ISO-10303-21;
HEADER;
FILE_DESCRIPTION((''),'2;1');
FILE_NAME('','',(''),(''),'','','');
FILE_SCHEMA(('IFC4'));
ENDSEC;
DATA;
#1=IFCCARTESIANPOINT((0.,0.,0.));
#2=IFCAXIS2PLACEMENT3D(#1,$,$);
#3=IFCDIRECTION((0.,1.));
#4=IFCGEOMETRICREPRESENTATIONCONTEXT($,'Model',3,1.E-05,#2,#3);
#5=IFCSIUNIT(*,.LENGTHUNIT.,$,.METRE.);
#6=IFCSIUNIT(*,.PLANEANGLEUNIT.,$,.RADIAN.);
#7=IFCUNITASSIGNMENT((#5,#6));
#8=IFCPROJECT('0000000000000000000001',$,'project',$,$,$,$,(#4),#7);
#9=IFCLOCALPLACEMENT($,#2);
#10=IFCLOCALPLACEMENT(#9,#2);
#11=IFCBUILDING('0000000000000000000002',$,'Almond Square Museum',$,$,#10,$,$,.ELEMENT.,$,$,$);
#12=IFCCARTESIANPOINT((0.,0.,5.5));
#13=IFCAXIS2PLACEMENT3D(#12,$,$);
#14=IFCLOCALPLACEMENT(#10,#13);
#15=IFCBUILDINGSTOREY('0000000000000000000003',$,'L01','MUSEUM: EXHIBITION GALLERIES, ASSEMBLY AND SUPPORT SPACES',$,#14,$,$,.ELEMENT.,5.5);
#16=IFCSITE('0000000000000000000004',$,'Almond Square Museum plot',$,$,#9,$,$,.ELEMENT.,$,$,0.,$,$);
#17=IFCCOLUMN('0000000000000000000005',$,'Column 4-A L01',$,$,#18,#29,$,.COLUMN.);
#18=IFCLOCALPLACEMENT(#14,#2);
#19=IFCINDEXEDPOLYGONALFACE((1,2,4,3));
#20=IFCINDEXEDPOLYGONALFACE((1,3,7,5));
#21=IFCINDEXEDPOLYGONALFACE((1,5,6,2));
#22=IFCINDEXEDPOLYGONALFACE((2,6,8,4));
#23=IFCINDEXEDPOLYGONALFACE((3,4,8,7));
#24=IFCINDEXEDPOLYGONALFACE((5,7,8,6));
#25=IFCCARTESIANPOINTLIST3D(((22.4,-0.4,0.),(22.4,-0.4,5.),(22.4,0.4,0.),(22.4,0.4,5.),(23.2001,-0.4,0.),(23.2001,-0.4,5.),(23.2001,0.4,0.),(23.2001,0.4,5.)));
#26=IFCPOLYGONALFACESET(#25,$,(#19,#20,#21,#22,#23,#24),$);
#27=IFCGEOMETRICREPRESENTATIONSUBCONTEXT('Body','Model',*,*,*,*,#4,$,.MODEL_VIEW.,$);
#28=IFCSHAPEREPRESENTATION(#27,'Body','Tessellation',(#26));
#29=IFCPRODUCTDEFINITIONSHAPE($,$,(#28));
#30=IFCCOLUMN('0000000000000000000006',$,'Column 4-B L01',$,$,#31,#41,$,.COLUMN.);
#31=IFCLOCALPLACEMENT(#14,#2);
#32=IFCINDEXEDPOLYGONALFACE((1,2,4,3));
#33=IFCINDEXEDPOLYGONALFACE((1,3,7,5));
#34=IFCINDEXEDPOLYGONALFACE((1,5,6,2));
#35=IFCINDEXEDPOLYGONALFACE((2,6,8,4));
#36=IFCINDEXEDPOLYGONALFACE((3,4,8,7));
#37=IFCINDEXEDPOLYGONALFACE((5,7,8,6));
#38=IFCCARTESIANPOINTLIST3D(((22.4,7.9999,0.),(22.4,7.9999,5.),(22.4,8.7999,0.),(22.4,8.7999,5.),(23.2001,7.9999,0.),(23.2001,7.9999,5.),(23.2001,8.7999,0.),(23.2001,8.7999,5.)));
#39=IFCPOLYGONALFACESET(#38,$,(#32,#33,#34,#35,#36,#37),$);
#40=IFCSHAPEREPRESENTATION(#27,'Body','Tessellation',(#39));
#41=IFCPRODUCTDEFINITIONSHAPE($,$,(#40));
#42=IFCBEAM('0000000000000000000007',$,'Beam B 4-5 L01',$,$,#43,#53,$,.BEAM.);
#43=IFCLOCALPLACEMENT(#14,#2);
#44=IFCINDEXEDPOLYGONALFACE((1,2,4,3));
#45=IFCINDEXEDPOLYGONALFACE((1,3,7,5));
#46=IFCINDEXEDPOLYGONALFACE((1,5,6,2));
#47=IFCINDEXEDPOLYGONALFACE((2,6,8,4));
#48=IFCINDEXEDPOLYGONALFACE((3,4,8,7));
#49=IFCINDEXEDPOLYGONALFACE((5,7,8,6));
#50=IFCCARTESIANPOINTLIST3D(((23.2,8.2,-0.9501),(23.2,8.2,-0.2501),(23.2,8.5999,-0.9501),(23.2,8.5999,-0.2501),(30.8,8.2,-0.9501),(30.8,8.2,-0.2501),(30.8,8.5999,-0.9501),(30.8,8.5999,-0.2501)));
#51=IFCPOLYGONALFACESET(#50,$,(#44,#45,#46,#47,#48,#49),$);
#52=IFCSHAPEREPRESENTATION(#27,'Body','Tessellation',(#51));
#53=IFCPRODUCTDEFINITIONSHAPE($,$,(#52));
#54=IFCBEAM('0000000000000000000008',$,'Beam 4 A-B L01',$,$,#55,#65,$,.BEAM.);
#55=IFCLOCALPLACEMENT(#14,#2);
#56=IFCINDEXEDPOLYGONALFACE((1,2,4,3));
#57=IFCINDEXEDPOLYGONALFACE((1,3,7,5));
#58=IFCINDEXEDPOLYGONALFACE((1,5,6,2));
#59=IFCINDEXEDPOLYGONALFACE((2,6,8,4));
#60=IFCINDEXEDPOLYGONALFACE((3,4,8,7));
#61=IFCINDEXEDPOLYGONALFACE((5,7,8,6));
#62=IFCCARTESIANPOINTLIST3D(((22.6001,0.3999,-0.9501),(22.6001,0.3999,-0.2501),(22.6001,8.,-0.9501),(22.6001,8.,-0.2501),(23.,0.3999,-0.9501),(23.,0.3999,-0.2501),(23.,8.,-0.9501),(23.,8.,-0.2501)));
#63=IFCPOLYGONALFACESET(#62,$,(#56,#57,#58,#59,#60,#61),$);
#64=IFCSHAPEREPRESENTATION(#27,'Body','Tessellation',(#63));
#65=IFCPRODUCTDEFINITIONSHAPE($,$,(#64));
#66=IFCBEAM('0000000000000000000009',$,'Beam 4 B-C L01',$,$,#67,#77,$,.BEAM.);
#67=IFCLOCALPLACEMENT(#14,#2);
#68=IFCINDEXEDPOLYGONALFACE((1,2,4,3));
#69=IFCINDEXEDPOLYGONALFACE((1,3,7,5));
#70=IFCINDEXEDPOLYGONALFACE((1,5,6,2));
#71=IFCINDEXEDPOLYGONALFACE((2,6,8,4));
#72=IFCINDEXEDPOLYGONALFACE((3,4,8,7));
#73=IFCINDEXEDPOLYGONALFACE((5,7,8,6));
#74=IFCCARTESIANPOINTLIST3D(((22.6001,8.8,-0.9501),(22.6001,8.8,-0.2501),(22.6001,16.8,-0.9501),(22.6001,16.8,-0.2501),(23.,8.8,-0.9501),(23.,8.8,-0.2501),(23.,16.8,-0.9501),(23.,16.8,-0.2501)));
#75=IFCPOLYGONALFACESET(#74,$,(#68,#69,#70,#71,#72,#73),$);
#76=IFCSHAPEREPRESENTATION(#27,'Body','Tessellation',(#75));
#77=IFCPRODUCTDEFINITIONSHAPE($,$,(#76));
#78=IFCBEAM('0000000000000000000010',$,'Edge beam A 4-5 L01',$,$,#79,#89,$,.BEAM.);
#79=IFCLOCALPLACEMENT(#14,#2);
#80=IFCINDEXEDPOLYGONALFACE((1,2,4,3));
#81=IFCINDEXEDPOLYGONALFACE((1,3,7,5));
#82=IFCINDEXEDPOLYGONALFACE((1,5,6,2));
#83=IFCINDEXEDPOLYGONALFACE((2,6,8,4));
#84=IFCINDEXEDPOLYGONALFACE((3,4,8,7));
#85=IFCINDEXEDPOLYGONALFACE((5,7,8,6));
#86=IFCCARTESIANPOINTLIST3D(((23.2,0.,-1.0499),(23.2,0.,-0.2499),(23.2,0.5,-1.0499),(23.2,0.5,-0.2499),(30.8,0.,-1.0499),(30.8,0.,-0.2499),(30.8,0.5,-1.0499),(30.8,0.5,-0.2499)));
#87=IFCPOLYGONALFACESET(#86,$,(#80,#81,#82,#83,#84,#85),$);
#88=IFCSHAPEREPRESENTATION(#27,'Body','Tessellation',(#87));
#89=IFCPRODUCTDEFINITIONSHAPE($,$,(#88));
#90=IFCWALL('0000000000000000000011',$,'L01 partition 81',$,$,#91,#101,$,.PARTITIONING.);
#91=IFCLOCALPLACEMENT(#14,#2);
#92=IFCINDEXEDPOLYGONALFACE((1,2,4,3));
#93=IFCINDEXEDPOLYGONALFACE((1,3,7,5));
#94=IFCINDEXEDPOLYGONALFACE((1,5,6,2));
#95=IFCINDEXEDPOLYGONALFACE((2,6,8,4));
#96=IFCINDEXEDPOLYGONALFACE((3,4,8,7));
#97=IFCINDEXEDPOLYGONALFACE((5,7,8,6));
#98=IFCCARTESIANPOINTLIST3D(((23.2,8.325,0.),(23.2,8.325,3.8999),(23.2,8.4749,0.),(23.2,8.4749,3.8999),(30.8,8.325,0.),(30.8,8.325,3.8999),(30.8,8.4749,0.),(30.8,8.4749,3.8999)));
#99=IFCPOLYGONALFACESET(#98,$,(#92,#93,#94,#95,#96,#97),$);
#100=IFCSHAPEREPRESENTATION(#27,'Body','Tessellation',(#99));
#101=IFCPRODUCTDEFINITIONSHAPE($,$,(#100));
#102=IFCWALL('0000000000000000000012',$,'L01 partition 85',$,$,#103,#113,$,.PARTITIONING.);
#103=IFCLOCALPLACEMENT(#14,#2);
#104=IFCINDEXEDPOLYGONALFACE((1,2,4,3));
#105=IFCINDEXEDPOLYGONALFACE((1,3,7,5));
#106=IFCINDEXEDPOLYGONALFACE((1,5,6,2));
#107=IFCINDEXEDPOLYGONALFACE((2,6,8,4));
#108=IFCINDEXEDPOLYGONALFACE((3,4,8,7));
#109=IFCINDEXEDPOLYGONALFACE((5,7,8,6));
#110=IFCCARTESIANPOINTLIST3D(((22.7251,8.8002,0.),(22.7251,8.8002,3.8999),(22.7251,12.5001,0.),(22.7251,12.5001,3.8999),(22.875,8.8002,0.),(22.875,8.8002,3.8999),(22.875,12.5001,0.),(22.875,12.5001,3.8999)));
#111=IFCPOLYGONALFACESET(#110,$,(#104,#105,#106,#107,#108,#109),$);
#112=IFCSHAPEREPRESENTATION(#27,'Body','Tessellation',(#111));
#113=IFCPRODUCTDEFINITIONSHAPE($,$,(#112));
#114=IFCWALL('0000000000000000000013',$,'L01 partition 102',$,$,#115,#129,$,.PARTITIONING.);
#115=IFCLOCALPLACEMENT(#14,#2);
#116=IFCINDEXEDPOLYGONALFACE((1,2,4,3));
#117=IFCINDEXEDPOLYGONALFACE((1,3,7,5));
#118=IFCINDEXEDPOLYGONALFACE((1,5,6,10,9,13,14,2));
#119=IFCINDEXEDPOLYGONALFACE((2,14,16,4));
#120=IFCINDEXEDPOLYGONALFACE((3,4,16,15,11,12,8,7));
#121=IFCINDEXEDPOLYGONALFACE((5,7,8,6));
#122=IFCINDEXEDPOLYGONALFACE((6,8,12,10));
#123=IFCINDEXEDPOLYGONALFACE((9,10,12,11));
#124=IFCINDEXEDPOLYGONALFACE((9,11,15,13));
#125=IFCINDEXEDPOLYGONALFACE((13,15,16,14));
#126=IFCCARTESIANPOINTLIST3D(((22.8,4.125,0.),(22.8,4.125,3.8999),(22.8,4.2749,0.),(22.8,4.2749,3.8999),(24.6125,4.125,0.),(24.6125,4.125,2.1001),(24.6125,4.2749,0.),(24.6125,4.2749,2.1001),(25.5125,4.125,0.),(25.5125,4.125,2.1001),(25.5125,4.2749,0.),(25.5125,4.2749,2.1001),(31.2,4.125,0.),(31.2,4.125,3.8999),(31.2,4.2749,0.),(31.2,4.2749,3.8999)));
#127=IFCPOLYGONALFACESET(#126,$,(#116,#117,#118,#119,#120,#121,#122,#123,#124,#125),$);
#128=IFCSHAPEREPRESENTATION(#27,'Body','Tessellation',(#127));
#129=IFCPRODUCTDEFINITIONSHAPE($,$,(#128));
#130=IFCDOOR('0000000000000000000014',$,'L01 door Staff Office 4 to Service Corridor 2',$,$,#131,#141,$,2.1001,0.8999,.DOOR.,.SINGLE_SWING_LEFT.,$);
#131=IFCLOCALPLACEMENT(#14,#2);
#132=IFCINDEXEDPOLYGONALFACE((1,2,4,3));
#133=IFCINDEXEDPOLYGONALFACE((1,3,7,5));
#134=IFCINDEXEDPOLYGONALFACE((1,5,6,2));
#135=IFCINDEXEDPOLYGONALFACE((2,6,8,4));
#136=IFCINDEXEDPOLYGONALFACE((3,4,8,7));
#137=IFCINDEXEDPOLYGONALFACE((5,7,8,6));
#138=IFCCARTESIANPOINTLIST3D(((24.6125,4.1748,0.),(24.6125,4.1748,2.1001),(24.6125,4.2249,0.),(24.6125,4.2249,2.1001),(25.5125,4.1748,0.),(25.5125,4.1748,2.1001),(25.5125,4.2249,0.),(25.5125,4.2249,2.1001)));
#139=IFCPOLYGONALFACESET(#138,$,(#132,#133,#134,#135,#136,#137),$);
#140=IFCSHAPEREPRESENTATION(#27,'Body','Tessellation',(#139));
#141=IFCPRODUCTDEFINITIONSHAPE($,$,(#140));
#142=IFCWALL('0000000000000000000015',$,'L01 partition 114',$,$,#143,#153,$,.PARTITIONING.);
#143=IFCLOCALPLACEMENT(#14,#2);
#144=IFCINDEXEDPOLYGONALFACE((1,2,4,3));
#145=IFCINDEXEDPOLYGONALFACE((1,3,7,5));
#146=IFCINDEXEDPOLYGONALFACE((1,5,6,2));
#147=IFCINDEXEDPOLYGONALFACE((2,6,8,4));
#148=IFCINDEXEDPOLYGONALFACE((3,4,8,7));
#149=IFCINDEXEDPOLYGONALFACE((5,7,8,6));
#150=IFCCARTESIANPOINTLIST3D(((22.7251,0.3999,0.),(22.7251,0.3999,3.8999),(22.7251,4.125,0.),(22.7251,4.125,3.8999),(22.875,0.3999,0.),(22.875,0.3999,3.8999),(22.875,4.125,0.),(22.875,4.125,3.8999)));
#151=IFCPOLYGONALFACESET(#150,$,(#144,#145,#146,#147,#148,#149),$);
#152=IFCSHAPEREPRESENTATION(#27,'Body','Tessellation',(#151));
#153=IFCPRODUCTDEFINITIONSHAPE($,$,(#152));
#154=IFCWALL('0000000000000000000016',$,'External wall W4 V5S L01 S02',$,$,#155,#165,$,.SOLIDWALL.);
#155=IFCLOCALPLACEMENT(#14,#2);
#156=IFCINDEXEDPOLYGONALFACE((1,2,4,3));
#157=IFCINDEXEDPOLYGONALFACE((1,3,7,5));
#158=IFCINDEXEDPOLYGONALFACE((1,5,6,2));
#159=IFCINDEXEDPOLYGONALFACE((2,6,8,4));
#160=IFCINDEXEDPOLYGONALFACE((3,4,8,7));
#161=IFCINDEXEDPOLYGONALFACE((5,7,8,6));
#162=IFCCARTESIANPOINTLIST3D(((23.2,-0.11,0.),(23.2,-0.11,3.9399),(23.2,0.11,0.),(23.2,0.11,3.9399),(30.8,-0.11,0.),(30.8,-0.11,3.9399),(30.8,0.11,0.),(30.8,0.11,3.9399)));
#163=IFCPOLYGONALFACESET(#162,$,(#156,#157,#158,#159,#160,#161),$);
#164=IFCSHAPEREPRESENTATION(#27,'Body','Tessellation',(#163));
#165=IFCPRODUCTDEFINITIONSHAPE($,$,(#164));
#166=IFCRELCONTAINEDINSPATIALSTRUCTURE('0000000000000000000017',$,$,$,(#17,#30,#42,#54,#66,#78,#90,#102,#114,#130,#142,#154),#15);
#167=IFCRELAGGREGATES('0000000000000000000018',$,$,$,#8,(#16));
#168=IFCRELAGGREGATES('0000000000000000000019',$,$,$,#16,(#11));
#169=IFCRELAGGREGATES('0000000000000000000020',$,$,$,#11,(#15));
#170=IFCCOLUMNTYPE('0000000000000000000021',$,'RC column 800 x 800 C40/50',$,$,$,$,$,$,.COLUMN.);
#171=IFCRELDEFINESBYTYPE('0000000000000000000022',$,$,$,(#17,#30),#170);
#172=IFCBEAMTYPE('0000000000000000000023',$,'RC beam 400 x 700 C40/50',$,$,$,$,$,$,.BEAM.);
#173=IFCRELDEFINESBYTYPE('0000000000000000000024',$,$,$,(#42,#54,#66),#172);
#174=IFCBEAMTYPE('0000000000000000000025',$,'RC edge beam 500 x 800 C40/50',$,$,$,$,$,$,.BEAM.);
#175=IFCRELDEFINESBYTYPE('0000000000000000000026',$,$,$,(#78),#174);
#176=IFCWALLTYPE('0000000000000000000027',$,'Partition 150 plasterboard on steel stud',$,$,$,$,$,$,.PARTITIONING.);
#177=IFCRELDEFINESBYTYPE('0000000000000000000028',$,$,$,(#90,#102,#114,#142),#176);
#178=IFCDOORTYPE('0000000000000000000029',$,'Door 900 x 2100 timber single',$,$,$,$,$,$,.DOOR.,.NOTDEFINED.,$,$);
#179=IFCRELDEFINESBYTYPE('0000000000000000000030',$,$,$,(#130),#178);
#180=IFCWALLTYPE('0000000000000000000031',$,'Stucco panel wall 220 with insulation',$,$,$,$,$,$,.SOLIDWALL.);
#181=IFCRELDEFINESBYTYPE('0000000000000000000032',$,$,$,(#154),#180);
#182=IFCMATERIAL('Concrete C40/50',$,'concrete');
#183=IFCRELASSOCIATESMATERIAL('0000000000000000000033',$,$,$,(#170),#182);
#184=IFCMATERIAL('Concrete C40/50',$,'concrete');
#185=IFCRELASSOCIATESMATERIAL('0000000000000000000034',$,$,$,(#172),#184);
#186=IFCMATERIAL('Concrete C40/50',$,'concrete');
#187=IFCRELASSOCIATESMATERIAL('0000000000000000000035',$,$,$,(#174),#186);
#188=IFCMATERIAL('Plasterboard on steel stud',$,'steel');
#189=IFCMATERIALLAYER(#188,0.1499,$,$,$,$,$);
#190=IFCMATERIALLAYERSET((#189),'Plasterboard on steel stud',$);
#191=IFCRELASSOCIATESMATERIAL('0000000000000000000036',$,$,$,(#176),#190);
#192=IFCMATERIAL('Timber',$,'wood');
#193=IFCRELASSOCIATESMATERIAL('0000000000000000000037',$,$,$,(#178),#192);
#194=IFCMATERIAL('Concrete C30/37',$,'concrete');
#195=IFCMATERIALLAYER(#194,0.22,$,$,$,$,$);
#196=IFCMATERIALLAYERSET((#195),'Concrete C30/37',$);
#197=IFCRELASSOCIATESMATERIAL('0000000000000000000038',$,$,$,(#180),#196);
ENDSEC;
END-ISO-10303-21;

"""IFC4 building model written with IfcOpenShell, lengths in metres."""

from ifc_helpers import new_model, si_unit, direction, frame, frame_2d, origin, origin_2d, place, context, subcontext, project, spatial, rectangle, extrude, material, layer, layer_set, material_profile, profile_set, type_object, element, fill, save


model = new_model("IFC4")

# Units and contexts
model_context = context("Model", 3, precision=1e-05, world=origin(), true_north=direction((0.0, 1.0)))
body_context = subcontext(model_context, "Body", "Model", "MODEL_VIEW")
ifc_project = project(units=[si_unit("LENGTHUNIT", "METRE"), si_unit("PLANEANGLEUNIT", "RADIAN")], contexts=[model_context])

# Site, building, storey
site_placement = place(None, origin())
site = spatial("IfcSite", under=ifc_project, at=site_placement, Name="Almond Square Museum plot", CompositionType="ELEMENT", RefElevation=0.0)
building_placement = place(site_placement, origin())
building = spatial("IfcBuilding", under=site, at=building_placement, Name="Almond Square Museum", CompositionType="ELEMENT")
storey_placement = place(building_placement, frame((0.0, 0.0, 5.5)))
storey = spatial("IfcBuildingStorey", under=building, at=storey_placement, Name="L01", Description="MUSEUM: EXHIBITION GALLERIES, ASSEMBLY AND SUPPORT SPACES", CompositionType="ELEMENT", Elevation=5.5)

# Columns
ifc_material_1 = material(Name="Concrete C40/50", Category="concrete")
ifc_material_profile_1 = material_profile(ifc_material_1, rectangle(XDim=0.8, YDim=0.8, at=origin_2d()))
ifc_profile_set_1 = profile_set([ifc_material_profile_1], Name="Concrete C40/50")
column_type = type_object("IfcColumnType", Name="RC column 800 x 800 C40/50", PredefinedType="COLUMN", material=ifc_profile_set_1)
for number, where, z_axis, x_axis, name in (
    (1, (22.8, 0.0, 0.0), (0.0, 0.0, 1.0), (1.0, 0.0, 0.0), "Column 4-A L01"),
    (2, (22.8, 8.3999, 0.0), (0.0, 0.0, 1.0), (1.0, 0.0, 0.0), "Column 4-B L01"),
):
    element("IfcColumn", number, at=place(storey_placement, frame(where, z_axis=z_axis, x_axis=x_axis)), inside=storey, type_object=column_type, Name=name, PredefinedType="COLUMN", context=body_context, shape_type="SweptSolid", body=[
        extrude(rectangle(XDim=0.8, YDim=0.8, at=origin_2d()), origin(), (0.0, 0.0, 1.0), 5.0),
    ])

# Beams
ifc_material_2 = material(Name="Concrete C40/50", Category="concrete")
ifc_material_profile_2 = material_profile(ifc_material_2, rectangle(XDim=0.3999, YDim=0.7, at=origin_2d()))
ifc_profile_set_2 = profile_set([ifc_material_profile_2], Name="Concrete C40/50")
beam_type_1 = type_object("IfcBeamType", Name="RC beam 400 x 700 C40/50", PredefinedType="BEAM", material=ifc_profile_set_2)
for number, where, z_axis, x_axis, name in (
    (3, (23.2, 8.3999, -0.6001), (1.0, 0.0, 0.0), (0.0, 1.0, 0.0), "Beam B 4-5 L01"),
    (4, (22.8, 0.3999, -0.6001), (0.0, 1.0, 0.0), (-1.0, 0.0, 0.0), "Beam 4 A-B L01"),
):
    element("IfcBeam", number, at=place(storey_placement, frame(where, z_axis=z_axis, x_axis=x_axis)), inside=storey, type_object=beam_type_1, Name=name, PredefinedType="BEAM", context=body_context, shape_type="SweptSolid", body=[
        extrude(rectangle(XDim=0.3999, YDim=0.7, at=origin_2d()), origin(), (0.0, 0.0, 1.0), 7.6001),
    ])
beam_1_placement = place(storey_placement, frame((22.8, 8.8, -0.6001), z_axis=(0.0, 1.0, 0.0), x_axis=(-1.0, 0.0, 0.0)))
element("IfcBeam", 5, at=beam_1_placement, inside=storey, type_object=beam_type_1, Name="Beam 4 B-C L01", PredefinedType="BEAM", context=body_context, shape_type="SweptSolid", body=[
    extrude(rectangle(XDim=0.3999, YDim=0.7, at=origin_2d()), origin(), (0.0, 0.0, 1.0), 8.0),
])
ifc_material_3 = material(Name="Concrete C40/50", Category="concrete")
ifc_material_profile_3 = material_profile(ifc_material_3, rectangle(XDim=0.5, YDim=0.8, at=origin_2d()))
ifc_profile_set_3 = profile_set([ifc_material_profile_3], Name="Concrete C40/50")
beam_type_2 = type_object("IfcBeamType", Name="RC edge beam 500 x 800 C40/50", PredefinedType="BEAM", material=ifc_profile_set_3)
beam_2_placement = place(storey_placement, frame((23.2, 0.25, -0.6499), z_axis=(1.0, 0.0, 0.0), x_axis=(0.0, 1.0, 0.0)))
element("IfcBeam", 6, at=beam_2_placement, inside=storey, type_object=beam_type_2, Name="Edge beam A 4-5 L01", PredefinedType="BEAM", context=body_context, shape_type="SweptSolid", body=[
    extrude(rectangle(XDim=0.5, YDim=0.8, at=origin_2d()), origin(), (0.0, 0.0, 1.0), 7.6001),
])

# Walls
ifc_material_4 = material(Name="Plasterboard on steel stud", Category="steel")
ifc_layer_1 = layer(ifc_material_4, 0.1499)
ifc_layer_set_1 = layer_set([ifc_layer_1], Name="Plasterboard on steel stud")
wall_type_1 = type_object("IfcWallType", Name="Partition 150 plasterboard on steel stud", PredefinedType="PARTITIONING", material=ifc_layer_set_1)
wall_1_placement = place(storey_placement, frame((23.2, 8.3999, 0.0), z_axis=(0.0, 0.0, 1.0), x_axis=(1.0, 0.0, 0.0)))
element("IfcWall", 7, at=wall_1_placement, inside=storey, type_object=wall_type_1, Name="L01 partition 81", PredefinedType="PARTITIONING", context=body_context, shape_type="SweptSolid", body=[
    extrude(rectangle(XDim=7.6001, YDim=0.1499, at=frame_2d((3.8, 0.0))), origin(), (0.0, 0.0, 1.0), 3.8999),
])
wall_2_placement = place(storey_placement, frame((22.8, 8.8, 0.0), z_axis=(0.0, 0.0, 1.0), x_axis=(0.0, 1.0, 0.0)))
element("IfcWall", 8, at=wall_2_placement, inside=storey, type_object=wall_type_1, Name="L01 partition 85", PredefinedType="PARTITIONING", context=body_context, shape_type="SweptSolid", body=[
    extrude(rectangle(XDim=3.7, YDim=0.1499, at=frame_2d((1.8501, 0.0))), origin(), (0.0, 0.0, 1.0), 3.8999),
])

# Wall, opening, door
wall_3_placement = place(storey_placement, frame((22.8, 4.2, 0.0), z_axis=(0.0, 0.0, 1.0), x_axis=(1.0, 0.0, 0.0)))
wall_3 = element("IfcWall", 9, at=wall_3_placement, inside=storey, type_object=wall_type_1, Name="L01 partition 102", PredefinedType="PARTITIONING", context=body_context, shape_type="SweptSolid", body=[
    extrude(rectangle(XDim=8.3999, YDim=0.1499, at=frame_2d((4.2, 0.0))), origin(), (0.0, 0.0, 1.0), 3.8999),
])
opening_placement = place(wall_3_placement, frame((1.8125, 0.0, 0.0)))
opening = element("IfcOpeningElement", 10, at=opening_placement, cuts=wall_3, PredefinedType="OPENING", context=body_context, shape_type="SweptSolid", body=[
    extrude(rectangle(XDim=0.8999, YDim=2.1001, at=frame_2d((0.45, 1.05))), frame((0.0, 0.085, 0.0), z_axis=(0.0, -1.0, 0.0), x_axis=(1.0, 0.0, 0.0)), (0.0, 0.0, 1.0), 0.1699),
])
ifc_material_5 = material(Name="Timber", Category="wood")
door_type = type_object("IfcDoorType", Name="Door 900 x 2100 timber single", OperationType="NOTDEFINED", PredefinedType="DOOR", material=ifc_material_5)
door_placement = place(opening_placement, origin())
door = element("IfcDoor", 11, at=door_placement, inside=storey, type_object=door_type, Name="L01 door Staff Office 4 to Service Corridor 2", OperationType="SINGLE_SWING_LEFT", OverallHeight=2.1001, OverallWidth=0.8999, PredefinedType="DOOR", context=body_context, shape_type="SweptSolid", body=[
    extrude(rectangle(XDim=0.8999, YDim=2.1001, at=frame_2d((0.45, 1.05))), frame((0.0, 0.0249, 0.0), z_axis=(0.0, -1.0, 0.0), x_axis=(1.0, 0.0, 0.0)), (0.0, 0.0, 1.0), 0.05),
])
fill(opening, door)

# Walls
wall_4_placement = place(storey_placement, frame((22.8, 0.3999, 0.0), z_axis=(0.0, 0.0, 1.0), x_axis=(0.0, 1.0, 0.0)))
element("IfcWall", 12, at=wall_4_placement, inside=storey, type_object=wall_type_1, Name="L01 partition 114", PredefinedType="PARTITIONING", context=body_context, shape_type="SweptSolid", body=[
    extrude(rectangle(XDim=3.7251, YDim=0.1499, at=frame_2d((1.8625, 0.0))), origin(), (0.0, 0.0, 1.0), 3.8999),
])
ifc_material_6 = material(Name="Concrete C30/37", Category="concrete")
ifc_layer_2 = layer(ifc_material_6, 0.22)
ifc_layer_set_2 = layer_set([ifc_layer_2], Name="Concrete C30/37")
wall_type_2 = type_object("IfcWallType", Name="Stucco panel wall 220 with insulation", PredefinedType="SOLIDWALL", material=ifc_layer_set_2)
wall_5_placement = place(storey_placement, frame((23.2, 0.0, 0.0), z_axis=(0.0, 0.0, 1.0), x_axis=(1.0, 0.0, 0.0)))
element("IfcWall", 13, at=wall_5_placement, inside=storey, type_object=wall_type_2, Name="External wall W4 V5S L01 S02", PredefinedType="SOLIDWALL", context=body_context, shape_type="SweptSolid", body=[
    extrude(rectangle(XDim=7.6001, YDim=0.22, at=frame_2d((3.8, 0.0))), origin(), (0.0, 0.0, 1.0), 3.9399),
])

save(model, "model.ifc")
